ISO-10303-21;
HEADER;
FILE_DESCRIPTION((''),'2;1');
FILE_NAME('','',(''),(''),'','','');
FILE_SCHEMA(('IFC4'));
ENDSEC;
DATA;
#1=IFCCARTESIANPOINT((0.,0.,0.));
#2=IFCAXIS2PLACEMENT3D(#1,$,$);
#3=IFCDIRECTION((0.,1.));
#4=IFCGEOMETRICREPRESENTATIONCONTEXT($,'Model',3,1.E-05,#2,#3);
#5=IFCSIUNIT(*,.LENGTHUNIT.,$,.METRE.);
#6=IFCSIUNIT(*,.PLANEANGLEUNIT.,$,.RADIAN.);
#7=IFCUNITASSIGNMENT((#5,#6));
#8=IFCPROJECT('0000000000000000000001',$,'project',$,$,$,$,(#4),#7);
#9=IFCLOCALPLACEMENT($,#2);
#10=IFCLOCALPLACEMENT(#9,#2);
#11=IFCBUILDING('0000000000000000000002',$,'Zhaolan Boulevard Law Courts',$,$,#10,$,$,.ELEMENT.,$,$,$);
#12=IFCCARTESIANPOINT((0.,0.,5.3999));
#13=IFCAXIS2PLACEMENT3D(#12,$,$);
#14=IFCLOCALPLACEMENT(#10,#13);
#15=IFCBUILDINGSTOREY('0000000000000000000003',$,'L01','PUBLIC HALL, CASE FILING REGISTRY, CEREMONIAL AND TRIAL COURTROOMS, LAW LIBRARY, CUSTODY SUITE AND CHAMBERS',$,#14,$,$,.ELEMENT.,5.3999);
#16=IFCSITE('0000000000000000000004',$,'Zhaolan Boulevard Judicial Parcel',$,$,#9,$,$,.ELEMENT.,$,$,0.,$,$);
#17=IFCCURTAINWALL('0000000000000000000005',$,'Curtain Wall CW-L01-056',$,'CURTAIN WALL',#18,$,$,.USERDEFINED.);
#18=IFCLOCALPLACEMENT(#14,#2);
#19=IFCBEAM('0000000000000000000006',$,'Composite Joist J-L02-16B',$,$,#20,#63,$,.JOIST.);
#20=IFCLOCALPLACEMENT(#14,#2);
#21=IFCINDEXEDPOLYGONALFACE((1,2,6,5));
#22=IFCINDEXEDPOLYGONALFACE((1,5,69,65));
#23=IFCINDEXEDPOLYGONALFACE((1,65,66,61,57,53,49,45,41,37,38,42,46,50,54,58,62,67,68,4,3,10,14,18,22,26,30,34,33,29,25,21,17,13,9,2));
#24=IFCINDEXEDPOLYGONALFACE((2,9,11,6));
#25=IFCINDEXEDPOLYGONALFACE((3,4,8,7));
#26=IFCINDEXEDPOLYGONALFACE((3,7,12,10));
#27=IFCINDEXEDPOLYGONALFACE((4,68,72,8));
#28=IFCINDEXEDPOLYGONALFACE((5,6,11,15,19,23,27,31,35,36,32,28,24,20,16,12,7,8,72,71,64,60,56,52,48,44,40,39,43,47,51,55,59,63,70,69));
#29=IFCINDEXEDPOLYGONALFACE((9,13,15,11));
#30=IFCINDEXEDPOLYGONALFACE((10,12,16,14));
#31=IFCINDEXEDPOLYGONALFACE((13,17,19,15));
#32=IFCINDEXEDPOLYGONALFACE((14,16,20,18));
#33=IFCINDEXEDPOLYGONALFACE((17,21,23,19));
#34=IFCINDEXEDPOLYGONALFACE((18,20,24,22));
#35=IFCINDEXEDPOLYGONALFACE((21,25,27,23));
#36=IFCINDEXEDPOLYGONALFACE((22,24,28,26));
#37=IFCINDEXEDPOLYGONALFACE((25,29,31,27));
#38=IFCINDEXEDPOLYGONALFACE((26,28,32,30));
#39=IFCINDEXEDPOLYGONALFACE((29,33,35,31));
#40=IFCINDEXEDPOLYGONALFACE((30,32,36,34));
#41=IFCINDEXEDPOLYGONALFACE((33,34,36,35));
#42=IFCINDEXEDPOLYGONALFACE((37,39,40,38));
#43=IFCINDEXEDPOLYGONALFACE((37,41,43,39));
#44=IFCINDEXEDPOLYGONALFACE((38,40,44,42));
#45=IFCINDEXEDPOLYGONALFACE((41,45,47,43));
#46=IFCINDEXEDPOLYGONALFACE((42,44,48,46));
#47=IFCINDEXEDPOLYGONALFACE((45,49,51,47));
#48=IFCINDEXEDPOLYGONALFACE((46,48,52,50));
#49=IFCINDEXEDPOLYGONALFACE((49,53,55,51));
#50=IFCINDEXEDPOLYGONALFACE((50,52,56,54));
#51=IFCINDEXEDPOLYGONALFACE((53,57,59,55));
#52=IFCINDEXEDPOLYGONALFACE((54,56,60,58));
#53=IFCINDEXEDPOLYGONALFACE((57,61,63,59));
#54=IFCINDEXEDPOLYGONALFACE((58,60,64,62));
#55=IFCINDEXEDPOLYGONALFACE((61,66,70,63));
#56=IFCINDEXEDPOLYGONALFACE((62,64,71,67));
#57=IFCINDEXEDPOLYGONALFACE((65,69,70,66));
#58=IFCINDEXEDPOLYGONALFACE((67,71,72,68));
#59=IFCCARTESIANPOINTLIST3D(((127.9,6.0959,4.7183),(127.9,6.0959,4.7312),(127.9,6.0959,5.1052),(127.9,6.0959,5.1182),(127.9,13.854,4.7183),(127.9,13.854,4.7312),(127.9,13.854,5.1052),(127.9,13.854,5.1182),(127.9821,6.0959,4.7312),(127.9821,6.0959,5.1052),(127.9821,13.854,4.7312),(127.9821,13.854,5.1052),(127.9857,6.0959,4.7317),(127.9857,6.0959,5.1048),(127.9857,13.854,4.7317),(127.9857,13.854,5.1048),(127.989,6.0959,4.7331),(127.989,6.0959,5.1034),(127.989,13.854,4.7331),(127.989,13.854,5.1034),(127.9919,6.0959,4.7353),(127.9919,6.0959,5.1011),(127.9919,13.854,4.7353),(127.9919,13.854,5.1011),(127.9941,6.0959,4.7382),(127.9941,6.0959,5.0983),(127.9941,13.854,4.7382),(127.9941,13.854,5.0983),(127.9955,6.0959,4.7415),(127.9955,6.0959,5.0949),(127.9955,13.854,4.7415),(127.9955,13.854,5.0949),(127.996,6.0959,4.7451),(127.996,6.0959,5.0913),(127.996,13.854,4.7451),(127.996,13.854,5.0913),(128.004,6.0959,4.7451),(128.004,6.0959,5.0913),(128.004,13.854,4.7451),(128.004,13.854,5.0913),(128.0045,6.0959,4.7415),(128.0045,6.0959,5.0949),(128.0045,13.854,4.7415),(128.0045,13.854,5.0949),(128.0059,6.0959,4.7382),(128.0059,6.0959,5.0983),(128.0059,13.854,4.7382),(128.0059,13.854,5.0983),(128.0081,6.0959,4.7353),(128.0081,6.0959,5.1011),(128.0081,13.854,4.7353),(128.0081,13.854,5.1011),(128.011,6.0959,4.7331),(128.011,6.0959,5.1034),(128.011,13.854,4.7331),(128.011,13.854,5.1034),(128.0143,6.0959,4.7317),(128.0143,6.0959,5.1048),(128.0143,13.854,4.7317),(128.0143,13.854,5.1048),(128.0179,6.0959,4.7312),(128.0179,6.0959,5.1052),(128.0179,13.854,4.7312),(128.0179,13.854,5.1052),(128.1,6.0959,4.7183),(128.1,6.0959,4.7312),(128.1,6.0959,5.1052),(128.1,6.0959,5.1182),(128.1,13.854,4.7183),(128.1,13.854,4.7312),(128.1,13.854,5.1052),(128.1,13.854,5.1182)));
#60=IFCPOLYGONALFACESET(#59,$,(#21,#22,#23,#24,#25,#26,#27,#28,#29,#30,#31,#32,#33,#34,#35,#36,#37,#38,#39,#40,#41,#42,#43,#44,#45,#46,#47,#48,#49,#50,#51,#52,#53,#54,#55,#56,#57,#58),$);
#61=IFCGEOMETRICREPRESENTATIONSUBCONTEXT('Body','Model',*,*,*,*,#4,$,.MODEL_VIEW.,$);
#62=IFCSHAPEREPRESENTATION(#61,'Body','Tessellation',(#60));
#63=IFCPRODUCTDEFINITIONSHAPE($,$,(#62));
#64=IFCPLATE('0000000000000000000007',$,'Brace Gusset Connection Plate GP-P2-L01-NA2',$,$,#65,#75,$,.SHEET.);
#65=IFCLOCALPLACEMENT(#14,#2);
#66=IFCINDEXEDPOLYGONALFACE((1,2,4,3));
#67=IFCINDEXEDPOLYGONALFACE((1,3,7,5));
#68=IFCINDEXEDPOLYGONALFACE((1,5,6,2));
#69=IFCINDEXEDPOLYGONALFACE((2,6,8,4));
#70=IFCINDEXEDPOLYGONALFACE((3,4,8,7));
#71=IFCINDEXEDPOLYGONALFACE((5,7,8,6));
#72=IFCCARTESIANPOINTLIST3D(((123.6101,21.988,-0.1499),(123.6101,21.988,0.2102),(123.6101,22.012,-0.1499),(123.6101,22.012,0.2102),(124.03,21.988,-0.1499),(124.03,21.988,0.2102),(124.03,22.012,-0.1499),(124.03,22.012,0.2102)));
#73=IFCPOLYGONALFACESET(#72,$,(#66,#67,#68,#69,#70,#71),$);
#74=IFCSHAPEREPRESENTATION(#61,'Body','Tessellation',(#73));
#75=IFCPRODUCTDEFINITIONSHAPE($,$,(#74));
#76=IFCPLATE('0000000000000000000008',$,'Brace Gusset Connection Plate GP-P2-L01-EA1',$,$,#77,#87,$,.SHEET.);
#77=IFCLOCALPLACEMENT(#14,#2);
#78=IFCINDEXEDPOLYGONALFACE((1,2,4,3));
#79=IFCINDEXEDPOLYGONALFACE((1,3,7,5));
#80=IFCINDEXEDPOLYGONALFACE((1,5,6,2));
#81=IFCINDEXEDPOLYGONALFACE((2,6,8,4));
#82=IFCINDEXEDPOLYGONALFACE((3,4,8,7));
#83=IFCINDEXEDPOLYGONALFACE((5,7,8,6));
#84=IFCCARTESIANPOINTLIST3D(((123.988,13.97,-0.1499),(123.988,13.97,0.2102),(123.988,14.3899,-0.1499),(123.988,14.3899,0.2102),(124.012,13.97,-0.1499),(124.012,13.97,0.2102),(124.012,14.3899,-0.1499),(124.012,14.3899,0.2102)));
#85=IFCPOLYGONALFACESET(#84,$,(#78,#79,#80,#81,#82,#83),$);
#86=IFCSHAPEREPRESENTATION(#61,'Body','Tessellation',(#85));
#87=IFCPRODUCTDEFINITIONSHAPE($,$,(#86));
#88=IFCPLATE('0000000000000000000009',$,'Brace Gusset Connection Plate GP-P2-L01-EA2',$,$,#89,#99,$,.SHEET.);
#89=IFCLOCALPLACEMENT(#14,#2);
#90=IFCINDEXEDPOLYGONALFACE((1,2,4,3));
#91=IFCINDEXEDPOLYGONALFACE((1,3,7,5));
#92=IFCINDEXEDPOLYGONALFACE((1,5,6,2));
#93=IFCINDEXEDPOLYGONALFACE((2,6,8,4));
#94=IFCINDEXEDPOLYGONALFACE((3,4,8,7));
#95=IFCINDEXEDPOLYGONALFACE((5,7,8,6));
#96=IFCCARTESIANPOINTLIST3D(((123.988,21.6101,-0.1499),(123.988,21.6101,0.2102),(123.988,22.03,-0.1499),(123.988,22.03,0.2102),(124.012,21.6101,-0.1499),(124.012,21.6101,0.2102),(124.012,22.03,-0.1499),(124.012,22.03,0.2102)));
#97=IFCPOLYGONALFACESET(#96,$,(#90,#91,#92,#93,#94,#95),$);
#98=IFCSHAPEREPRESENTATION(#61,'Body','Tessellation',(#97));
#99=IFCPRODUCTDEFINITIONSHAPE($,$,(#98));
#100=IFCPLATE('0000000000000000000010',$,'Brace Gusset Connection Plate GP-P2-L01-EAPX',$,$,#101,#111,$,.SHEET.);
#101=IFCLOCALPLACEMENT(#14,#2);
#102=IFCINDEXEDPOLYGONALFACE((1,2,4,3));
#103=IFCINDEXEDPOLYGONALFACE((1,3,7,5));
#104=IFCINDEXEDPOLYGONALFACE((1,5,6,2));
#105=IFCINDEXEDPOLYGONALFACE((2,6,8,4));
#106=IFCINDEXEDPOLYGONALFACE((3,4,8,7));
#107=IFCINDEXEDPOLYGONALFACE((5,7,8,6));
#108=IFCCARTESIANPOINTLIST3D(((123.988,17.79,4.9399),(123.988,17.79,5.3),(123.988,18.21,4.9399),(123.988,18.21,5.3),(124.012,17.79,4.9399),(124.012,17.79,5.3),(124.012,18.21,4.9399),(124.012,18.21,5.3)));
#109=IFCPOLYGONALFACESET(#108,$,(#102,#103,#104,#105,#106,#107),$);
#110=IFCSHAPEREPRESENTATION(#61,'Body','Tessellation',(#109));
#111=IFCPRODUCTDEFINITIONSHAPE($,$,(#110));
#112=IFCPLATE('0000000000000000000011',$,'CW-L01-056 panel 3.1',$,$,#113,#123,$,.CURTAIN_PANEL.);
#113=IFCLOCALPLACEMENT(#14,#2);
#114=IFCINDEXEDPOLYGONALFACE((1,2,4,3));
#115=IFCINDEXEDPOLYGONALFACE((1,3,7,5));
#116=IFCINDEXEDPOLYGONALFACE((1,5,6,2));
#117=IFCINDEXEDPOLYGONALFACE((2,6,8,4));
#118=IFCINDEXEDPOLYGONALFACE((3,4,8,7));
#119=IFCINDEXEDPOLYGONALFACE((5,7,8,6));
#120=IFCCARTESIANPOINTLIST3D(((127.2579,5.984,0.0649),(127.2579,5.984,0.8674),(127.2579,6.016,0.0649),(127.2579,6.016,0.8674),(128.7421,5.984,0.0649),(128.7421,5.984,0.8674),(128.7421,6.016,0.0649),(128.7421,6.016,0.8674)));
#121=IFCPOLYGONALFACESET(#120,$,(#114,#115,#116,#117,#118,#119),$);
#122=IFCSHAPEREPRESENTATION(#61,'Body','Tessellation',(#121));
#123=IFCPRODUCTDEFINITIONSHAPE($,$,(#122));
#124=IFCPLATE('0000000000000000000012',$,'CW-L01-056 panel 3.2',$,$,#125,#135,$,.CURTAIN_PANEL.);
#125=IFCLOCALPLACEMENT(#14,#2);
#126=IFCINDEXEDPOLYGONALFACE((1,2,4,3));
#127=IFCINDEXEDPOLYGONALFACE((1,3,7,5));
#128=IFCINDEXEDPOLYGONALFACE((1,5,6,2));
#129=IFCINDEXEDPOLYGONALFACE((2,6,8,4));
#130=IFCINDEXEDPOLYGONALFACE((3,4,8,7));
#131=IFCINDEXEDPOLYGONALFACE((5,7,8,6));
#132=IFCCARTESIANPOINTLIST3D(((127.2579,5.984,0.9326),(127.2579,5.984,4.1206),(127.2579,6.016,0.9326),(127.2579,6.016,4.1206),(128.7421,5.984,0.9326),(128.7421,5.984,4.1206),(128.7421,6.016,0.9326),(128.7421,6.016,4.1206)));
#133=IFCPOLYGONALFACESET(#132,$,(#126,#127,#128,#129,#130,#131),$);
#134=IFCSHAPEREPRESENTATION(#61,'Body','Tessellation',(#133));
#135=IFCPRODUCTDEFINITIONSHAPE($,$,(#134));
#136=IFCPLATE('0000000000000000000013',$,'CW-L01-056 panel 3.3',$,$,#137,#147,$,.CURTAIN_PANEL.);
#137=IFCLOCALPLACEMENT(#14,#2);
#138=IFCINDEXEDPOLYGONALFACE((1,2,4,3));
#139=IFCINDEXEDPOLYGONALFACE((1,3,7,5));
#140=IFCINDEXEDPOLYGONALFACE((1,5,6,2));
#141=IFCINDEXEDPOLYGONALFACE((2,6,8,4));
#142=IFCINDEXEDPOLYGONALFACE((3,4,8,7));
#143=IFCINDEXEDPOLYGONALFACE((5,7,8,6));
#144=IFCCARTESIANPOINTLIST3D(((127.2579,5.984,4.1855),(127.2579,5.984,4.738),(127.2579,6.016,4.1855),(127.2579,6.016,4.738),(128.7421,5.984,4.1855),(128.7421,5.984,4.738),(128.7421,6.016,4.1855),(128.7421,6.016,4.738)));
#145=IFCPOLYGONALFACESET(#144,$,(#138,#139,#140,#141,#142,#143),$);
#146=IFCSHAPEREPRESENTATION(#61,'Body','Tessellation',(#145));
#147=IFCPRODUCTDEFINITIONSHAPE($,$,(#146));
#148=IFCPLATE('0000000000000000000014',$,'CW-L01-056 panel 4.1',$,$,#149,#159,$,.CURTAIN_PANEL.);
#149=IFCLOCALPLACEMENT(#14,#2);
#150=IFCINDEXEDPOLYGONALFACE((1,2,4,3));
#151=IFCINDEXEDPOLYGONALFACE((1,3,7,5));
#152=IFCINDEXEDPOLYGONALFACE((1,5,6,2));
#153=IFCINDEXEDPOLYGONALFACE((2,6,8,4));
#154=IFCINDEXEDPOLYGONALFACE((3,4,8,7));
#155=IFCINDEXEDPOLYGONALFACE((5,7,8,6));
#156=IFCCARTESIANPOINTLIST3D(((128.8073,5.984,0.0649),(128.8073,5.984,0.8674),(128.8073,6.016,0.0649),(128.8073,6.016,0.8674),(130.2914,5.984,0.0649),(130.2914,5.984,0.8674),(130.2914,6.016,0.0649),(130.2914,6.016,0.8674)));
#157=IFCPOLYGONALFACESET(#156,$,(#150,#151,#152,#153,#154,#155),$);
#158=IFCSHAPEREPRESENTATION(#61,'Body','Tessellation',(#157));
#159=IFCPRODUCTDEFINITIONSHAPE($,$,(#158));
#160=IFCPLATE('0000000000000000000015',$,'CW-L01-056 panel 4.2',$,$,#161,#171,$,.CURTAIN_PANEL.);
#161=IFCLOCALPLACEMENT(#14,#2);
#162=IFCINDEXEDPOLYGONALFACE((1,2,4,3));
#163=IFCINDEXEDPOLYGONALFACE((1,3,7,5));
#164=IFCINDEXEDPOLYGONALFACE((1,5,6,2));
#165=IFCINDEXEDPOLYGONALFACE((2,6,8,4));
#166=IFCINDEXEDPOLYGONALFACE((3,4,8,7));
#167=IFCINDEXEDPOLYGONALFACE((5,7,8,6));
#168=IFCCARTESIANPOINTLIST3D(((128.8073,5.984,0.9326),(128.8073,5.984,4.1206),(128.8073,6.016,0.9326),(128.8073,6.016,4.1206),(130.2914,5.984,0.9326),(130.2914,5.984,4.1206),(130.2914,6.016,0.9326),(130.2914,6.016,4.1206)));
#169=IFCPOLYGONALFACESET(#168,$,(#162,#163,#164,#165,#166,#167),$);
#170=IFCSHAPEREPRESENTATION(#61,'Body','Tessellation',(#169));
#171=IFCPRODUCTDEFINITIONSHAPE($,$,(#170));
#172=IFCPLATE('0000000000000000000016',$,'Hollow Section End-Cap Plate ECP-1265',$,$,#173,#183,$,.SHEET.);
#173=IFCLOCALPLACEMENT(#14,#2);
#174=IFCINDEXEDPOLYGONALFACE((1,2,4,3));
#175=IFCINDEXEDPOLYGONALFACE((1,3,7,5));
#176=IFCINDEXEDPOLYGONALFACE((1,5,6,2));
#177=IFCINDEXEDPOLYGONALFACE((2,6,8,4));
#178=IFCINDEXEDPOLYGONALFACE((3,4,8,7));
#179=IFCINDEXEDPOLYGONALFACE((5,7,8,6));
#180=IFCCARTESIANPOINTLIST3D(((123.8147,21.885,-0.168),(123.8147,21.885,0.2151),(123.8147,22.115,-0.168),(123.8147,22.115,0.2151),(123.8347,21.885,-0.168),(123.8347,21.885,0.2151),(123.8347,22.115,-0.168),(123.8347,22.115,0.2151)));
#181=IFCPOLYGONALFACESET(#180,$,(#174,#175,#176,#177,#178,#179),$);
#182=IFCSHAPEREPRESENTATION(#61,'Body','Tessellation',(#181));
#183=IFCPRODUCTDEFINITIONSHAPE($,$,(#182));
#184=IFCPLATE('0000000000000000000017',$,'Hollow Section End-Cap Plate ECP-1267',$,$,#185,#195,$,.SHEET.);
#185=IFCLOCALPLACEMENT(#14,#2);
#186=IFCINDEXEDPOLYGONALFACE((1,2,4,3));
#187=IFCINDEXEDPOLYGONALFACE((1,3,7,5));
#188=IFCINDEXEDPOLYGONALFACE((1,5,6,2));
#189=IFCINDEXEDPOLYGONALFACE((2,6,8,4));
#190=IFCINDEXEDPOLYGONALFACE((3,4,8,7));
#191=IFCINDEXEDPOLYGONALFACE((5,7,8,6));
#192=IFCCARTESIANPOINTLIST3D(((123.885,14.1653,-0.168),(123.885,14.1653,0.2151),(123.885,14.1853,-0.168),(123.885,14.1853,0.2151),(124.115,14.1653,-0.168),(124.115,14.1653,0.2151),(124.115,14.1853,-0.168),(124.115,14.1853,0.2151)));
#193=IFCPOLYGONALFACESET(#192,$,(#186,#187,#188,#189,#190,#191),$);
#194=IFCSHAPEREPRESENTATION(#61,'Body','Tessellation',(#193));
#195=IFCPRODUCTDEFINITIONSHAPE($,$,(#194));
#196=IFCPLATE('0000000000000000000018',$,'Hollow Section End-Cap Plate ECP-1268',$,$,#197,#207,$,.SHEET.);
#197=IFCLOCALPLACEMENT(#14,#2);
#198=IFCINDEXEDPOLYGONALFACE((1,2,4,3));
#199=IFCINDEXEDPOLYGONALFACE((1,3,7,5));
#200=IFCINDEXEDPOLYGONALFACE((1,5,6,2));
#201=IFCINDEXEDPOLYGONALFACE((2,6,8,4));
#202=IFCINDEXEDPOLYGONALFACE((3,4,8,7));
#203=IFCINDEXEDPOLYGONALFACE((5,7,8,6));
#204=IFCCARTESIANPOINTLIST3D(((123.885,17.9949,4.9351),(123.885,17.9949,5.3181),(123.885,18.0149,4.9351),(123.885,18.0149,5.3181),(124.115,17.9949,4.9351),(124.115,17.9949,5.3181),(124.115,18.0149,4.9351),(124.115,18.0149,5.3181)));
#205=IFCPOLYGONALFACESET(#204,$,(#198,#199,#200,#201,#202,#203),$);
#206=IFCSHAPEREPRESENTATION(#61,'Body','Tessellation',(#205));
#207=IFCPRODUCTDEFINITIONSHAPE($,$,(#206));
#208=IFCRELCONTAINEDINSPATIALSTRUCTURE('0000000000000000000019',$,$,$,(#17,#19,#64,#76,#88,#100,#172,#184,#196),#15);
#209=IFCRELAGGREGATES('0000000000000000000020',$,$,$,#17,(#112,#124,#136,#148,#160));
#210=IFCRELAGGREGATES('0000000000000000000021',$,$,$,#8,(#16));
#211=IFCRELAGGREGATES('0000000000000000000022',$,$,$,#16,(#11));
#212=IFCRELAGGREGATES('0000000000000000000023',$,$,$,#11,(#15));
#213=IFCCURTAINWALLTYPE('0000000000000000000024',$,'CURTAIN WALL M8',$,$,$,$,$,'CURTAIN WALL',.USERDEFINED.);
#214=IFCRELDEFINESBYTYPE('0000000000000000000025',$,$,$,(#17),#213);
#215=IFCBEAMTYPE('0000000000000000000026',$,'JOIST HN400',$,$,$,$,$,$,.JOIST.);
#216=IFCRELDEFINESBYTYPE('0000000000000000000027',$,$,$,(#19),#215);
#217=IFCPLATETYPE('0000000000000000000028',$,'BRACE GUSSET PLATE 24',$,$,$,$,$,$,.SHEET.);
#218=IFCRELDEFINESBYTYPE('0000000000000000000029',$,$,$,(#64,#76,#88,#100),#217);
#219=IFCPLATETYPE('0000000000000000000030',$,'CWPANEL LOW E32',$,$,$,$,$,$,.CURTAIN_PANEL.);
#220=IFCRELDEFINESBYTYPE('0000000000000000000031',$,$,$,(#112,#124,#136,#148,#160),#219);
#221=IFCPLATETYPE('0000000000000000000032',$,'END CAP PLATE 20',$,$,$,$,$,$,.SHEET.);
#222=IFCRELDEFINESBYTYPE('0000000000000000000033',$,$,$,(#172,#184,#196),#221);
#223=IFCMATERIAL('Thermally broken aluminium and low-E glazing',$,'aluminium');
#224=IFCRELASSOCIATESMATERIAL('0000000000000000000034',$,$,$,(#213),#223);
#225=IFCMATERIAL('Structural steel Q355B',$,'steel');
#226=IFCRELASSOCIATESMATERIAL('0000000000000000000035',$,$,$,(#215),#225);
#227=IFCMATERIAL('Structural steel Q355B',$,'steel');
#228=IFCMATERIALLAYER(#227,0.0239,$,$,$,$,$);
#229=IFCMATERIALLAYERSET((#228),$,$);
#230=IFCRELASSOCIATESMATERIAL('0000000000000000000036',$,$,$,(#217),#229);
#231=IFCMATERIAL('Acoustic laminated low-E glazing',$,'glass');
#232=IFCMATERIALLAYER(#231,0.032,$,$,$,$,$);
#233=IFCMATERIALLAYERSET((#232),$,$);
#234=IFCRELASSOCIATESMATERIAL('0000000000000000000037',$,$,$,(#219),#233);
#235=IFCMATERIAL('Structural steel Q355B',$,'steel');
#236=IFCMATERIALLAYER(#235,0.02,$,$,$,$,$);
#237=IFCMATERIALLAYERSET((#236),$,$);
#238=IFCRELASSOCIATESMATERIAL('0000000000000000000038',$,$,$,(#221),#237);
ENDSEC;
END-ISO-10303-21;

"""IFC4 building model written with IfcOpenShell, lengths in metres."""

from ifc_helpers import new_model, si_unit, direction, frame, origin, origin_2d, place, context, subcontext, project, spatial, rectangle, i_section, extrude, material, layer, layer_set, material_profile, profile_set, type_object, element, aggregate, save


model = new_model("IFC4")

# Units and contexts
model_context = context("Model", 3, precision=1e-05, world=origin(), true_north=direction((0.0, 1.0)))
body_context = subcontext(model_context, "Body", "Model", "MODEL_VIEW")
ifc_project = project(units=[si_unit("LENGTHUNIT", "METRE"), si_unit("PLANEANGLEUNIT", "RADIAN")], contexts=[model_context])

# Site, building, storey
site_placement = place(None, origin())
site = spatial("IfcSite", under=ifc_project, at=site_placement, Name="Zhaolan Boulevard Judicial Parcel", CompositionType="ELEMENT", RefElevation=0.0)
building_placement = place(site_placement, origin())
building = spatial("IfcBuilding", under=site, at=building_placement, Name="Zhaolan Boulevard Law Courts", CompositionType="ELEMENT")
storey_placement = place(building_placement, frame((0.0, 0.0, 5.3999)))
storey = spatial("IfcBuildingStorey", under=building, at=storey_placement, Name="L01", Description="PUBLIC HALL, CASE FILING REGISTRY, CEREMONIAL AND TRIAL COURTROOMS, LAW LIBRARY, CUSTODY SUITE AND CHAMBERS", CompositionType="ELEMENT", Elevation=5.3999)

# Curtain wall
ifc_material_1 = material(Name="Thermally broken aluminium and low-E glazing", Category="aluminium")
curtain_wall_type = type_object("IfcCurtainWallType", Name="CURTAIN WALL M8", ElementType="CURTAIN WALL", PredefinedType="USERDEFINED", material=ifc_material_1)
curtain_wall_placement = place(storey_placement, origin())
curtain_wall = element("IfcCurtainWall", 1, at=curtain_wall_placement, inside=storey, type_object=curtain_wall_type, Name="Curtain Wall CW-L01-056", ObjectType="CURTAIN WALL", PredefinedType="USERDEFINED")

# Beam
ifc_material_2 = material(Name="Structural steel Q355B", Category="steel")
ifc_material_profile_1 = material_profile(ifc_material_2, i_section(OverallWidth=0.2, OverallDepth=0.3999, WebThickness=0.0081, FlangeThickness=0.0129, FilletRadius=0.0139, at=origin_2d()), Name="HN400x200")
ifc_profile_set_1 = profile_set([ifc_material_profile_1], Name="Structural steel Q355B")
beam_type_1 = type_object("IfcBeamType", Name="JOIST HN400", PredefinedType="JOIST", material=ifc_profile_set_1)
beam_1_placement = place(storey_placement, frame((128.0, 6.0959, 4.9182), z_axis=(0.0, 1.0, 0.0), x_axis=(-1.0, 0.0, 0.0)))
element("IfcBeam", 2, at=beam_1_placement, inside=storey, type_object=beam_type_1, Name="Composite Joist J-L02-16B", PredefinedType="JOIST", context=body_context, shape_type="SweptSolid", body=[
    extrude(i_section(OverallWidth=0.2, OverallDepth=0.3999, WebThickness=0.0081, FlangeThickness=0.0129, FilletRadius=0.0139, at=origin_2d()), origin(), (0.0, 0.0, 1.0), 7.7581),
])

# Plates
ifc_material_3 = material(Name="Structural steel Q355B", Category="steel")
ifc_layer_1 = layer(ifc_material_3, 0.0239)
ifc_layer_set_1 = layer_set([ifc_layer_1])
plate_type_1 = type_object("IfcPlateType", Name="BRACE GUSSET PLATE 24", PredefinedType="SHEET", material=ifc_layer_set_1)
for number, where, z_axis, x_axis, name in (
    (3, (123.8201, 22.0, -0.1499), (0.0, 0.0, 1.0), (1.0, 0.0, 0.0), "Brace Gusset Connection Plate GP-P2-L01-NA2"),
    (4, (124.0, 14.1799, -0.1499), (0.0, 0.0, 1.0), (0.0, 1.0, 0.0), "Brace Gusset Connection Plate GP-P2-L01-EA1"),
    (5, (124.0, 21.8201, -0.1499), (0.0, 0.0, 1.0), (0.0, 1.0, 0.0), "Brace Gusset Connection Plate GP-P2-L01-EA2"),
    (6, (124.0, 18.0, 4.9399), (0.0, 0.0, 1.0), (0.0, 1.0, 0.0), "Brace Gusset Connection Plate GP-P2-L01-EAPX"),
):
    element("IfcPlate", number, at=place(storey_placement, frame(where, z_axis=z_axis, x_axis=x_axis)), inside=storey, type_object=plate_type_1, Name=name, PredefinedType="SHEET", context=body_context, shape_type="SweptSolid", body=[
        extrude(rectangle(XDim=0.4199, YDim=0.0239, at=origin_2d()), origin(), (0.0, 0.0, 1.0), 0.3601),
    ])

# Plates
ifc_material_4 = material(Name="Acoustic laminated low-E glazing", Category="glass")
ifc_layer_2 = layer(ifc_material_4, 0.032)
ifc_layer_set_2 = layer_set([ifc_layer_2])
plate_type_2 = type_object("IfcPlateType", Name="CWPANEL LOW E32", PredefinedType="CURTAIN_PANEL", material=ifc_layer_set_2)
plate_1_placement = place(storey_placement, frame((128.0, 6.0, 0.0649), z_axis=(0.0, 0.0, 1.0), x_axis=(1.0, 0.0, 0.0)))
plate_1 = element("IfcPlate", 7, at=plate_1_placement, type_object=plate_type_2, Name="CW-L01-056 panel 3.1", PredefinedType="CURTAIN_PANEL", context=body_context, shape_type="SweptSolid", body=[
    extrude(rectangle(XDim=1.4841, YDim=0.032, at=origin_2d()), origin(), (0.0, 0.0, 1.0), 0.8025),
])
plate_2_placement = place(storey_placement, frame((128.0, 6.0, 0.9326), z_axis=(0.0, 0.0, 1.0), x_axis=(1.0, 0.0, 0.0)))
plate_2 = element("IfcPlate", 8, at=plate_2_placement, type_object=plate_type_2, Name="CW-L01-056 panel 3.2", PredefinedType="CURTAIN_PANEL", context=body_context, shape_type="SweptSolid", body=[
    extrude(rectangle(XDim=1.4841, YDim=0.032, at=origin_2d()), origin(), (0.0, 0.0, 1.0), 3.188),
])
plate_3_placement = place(storey_placement, frame((128.0, 6.0, 4.1855), z_axis=(0.0, 0.0, 1.0), x_axis=(1.0, 0.0, 0.0)))
plate_3 = element("IfcPlate", 9, at=plate_3_placement, type_object=plate_type_2, Name="CW-L01-056 panel 3.3", PredefinedType="CURTAIN_PANEL", context=body_context, shape_type="SweptSolid", body=[
    extrude(rectangle(XDim=1.4841, YDim=0.032, at=origin_2d()), origin(), (0.0, 0.0, 1.0), 0.5525),
])
plate_4_placement = place(storey_placement, frame((129.5493, 6.0, 0.0649), z_axis=(0.0, 0.0, 1.0), x_axis=(1.0, 0.0, 0.0)))
plate_4 = element("IfcPlate", 10, at=plate_4_placement, type_object=plate_type_2, Name="CW-L01-056 panel 4.1", PredefinedType="CURTAIN_PANEL", context=body_context, shape_type="SweptSolid", body=[
    extrude(rectangle(XDim=1.4841, YDim=0.032, at=origin_2d()), origin(), (0.0, 0.0, 1.0), 0.8025),
])
plate_5_placement = place(storey_placement, frame((129.5493, 6.0, 0.9326), z_axis=(0.0, 0.0, 1.0), x_axis=(1.0, 0.0, 0.0)))
plate_5 = element("IfcPlate", 11, at=plate_5_placement, type_object=plate_type_2, Name="CW-L01-056 panel 4.2", PredefinedType="CURTAIN_PANEL", context=body_context, shape_type="SweptSolid", body=[
    extrude(rectangle(XDim=1.4841, YDim=0.032, at=origin_2d()), origin(), (0.0, 0.0, 1.0), 3.188),
])
aggregate(curtain_wall, [plate_1, plate_2, plate_3, plate_4, plate_5])

# Plates
ifc_material_5 = material(Name="Structural steel Q355B", Category="steel")
ifc_layer_3 = layer(ifc_material_5, 0.02)
ifc_layer_set_3 = layer_set([ifc_layer_3])
plate_type_3 = type_object("IfcPlateType", Name="END CAP PLATE 20", PredefinedType="SHEET", material=ifc_layer_set_3)
for number, where, z_axis, x_axis, name in (
    (12, (123.8247, 22.0, -0.168), (0.0, 0.0, 1.0), (-1.0, 0.0, 0.0), "Hollow Section End-Cap Plate ECP-1265"),
    (13, (124.0, 14.1753, -0.168), (0.0, 0.0, 1.0), (0.0, 1.0, 0.0), "Hollow Section End-Cap Plate ECP-1267"),
    (14, (124.0, 18.0049, 4.9351), (0.0, 0.0, 1.0), (0.0, 1.0, 0.0), "Hollow Section End-Cap Plate ECP-1268"),
):
    element("IfcPlate", number, at=place(storey_placement, frame(where, z_axis=z_axis, x_axis=x_axis)), inside=storey, type_object=plate_type_3, Name=name, PredefinedType="SHEET", context=body_context, shape_type="SweptSolid", body=[
        extrude(rectangle(XDim=0.02, YDim=0.23, at=origin_2d()), origin(), (0.0, 0.0, 1.0), 0.3831),
    ])

save(model, "model.ifc")
